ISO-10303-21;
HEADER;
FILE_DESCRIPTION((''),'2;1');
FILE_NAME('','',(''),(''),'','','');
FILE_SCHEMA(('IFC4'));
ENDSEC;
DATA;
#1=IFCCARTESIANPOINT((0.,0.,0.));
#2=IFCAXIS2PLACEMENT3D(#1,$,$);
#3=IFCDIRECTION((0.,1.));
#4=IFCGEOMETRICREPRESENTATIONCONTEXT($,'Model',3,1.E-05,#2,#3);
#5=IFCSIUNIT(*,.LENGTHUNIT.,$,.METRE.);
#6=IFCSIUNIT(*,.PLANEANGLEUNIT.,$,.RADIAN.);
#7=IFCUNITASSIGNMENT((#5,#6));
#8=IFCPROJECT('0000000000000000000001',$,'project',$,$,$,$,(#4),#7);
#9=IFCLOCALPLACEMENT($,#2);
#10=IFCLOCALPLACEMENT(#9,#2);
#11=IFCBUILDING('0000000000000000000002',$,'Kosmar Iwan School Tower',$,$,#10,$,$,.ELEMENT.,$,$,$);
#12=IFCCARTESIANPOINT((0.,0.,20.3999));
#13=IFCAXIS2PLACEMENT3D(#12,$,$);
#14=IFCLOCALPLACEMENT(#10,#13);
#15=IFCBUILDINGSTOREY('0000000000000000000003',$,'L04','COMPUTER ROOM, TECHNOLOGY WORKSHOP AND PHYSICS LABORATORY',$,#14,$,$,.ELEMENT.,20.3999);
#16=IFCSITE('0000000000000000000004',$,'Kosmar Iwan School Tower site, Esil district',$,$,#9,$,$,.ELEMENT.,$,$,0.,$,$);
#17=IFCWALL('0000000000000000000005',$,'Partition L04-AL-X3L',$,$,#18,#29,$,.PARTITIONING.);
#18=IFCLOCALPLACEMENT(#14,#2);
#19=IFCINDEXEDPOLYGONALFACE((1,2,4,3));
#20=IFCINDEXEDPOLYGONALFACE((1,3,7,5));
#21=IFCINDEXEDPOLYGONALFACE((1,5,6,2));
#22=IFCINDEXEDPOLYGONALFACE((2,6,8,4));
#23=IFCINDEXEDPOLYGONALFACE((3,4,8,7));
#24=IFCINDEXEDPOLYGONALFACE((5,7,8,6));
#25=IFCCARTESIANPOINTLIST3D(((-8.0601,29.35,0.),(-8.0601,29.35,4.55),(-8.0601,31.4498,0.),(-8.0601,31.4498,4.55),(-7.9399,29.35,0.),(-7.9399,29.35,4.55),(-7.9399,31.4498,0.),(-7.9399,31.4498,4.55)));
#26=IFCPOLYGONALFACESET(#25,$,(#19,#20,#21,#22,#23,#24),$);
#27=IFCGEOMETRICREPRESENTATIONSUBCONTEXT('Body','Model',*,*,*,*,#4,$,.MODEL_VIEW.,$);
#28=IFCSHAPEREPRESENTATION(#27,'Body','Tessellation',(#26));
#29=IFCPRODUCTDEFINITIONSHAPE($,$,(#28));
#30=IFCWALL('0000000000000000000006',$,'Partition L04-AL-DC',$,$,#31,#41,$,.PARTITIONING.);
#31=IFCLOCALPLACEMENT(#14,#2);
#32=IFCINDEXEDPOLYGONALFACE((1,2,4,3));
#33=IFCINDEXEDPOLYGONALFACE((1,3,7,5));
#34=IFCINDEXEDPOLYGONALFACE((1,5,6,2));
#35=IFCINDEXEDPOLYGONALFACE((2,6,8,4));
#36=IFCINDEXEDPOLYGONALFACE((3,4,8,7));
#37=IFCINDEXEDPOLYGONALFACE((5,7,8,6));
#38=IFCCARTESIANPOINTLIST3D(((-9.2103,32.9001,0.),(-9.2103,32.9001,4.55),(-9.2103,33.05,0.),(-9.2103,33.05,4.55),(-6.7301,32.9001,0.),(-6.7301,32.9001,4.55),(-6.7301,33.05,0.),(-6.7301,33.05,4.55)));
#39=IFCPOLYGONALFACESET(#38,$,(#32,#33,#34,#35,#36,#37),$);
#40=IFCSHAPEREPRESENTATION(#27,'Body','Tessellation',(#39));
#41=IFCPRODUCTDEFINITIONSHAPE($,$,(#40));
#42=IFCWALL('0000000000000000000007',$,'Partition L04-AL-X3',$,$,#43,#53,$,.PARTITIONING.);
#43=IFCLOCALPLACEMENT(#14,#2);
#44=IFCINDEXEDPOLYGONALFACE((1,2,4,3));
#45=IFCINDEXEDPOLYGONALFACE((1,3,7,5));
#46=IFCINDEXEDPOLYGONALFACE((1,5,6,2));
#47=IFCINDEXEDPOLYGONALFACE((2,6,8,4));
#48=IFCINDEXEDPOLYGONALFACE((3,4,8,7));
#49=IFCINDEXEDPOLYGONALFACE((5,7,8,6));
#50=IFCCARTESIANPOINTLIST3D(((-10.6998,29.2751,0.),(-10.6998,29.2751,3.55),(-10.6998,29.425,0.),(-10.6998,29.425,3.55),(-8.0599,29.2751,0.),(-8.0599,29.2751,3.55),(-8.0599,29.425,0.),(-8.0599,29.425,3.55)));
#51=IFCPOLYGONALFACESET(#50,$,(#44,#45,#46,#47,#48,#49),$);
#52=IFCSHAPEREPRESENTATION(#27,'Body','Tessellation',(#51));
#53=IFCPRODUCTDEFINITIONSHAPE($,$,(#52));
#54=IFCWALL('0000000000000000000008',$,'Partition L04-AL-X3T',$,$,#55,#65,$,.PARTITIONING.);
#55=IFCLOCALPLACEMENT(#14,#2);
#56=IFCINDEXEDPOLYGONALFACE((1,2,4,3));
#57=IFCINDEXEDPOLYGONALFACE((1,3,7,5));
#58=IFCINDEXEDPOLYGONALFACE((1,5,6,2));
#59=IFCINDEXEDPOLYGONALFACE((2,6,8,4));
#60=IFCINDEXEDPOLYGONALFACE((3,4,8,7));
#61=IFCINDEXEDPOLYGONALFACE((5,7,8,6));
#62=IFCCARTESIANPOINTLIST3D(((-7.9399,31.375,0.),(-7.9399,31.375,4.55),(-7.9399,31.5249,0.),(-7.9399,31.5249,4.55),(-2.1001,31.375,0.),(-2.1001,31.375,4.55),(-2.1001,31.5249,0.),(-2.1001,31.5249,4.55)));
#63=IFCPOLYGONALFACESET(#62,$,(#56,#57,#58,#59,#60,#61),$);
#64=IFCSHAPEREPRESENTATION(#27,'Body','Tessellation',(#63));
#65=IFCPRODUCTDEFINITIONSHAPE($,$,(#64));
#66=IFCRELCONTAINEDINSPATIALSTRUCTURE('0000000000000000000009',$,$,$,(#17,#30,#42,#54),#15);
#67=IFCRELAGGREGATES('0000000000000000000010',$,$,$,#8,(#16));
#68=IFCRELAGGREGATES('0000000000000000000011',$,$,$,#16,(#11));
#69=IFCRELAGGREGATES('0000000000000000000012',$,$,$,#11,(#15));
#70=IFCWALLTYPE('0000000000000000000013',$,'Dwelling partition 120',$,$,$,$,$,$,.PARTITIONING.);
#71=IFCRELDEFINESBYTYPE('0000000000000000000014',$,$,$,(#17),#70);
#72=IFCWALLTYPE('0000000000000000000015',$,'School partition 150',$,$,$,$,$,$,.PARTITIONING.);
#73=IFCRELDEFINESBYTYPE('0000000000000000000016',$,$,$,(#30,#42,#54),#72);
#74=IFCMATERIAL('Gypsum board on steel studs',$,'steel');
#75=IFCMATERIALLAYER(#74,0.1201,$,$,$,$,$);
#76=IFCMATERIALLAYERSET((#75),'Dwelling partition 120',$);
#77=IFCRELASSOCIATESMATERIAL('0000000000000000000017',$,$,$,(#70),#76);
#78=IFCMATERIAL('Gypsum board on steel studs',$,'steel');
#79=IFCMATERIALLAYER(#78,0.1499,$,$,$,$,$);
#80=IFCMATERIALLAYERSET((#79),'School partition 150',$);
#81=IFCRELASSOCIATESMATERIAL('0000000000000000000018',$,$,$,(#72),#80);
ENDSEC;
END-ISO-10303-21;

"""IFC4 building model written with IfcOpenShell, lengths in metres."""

from ifc_helpers import new_model, si_unit, direction, frame, frame_2d, origin, place, context, subcontext, project, spatial, rectangle, extrude, material, layer, layer_set, type_object, element, save


model = new_model("IFC4")

# Units and contexts
model_context = context("Model", 3, precision=1e-05, world=origin(), true_north=direction((0.0, 1.0)))
body_context = subcontext(model_context, "Body", "Model", "MODEL_VIEW")
ifc_project = project(units=[si_unit("LENGTHUNIT", "METRE"), si_unit("PLANEANGLEUNIT", "RADIAN")], contexts=[model_context])

# Site, building, storey
site_placement = place(None, origin())
site = spatial("IfcSite", under=ifc_project, at=site_placement, Name="Kosmar Iwan School Tower site, Esil district", CompositionType="ELEMENT", RefElevation=0.0)
building_placement = place(site_placement, origin())
building = spatial("IfcBuilding", under=site, at=building_placement, Name="Kosmar Iwan School Tower", CompositionType="ELEMENT")
storey_placement = place(building_placement, frame((0.0, 0.0, 20.3999)))
storey = spatial("IfcBuildingStorey", under=building, at=storey_placement, Name="L04", Description="COMPUTER ROOM, TECHNOLOGY WORKSHOP AND PHYSICS LABORATORY", CompositionType="ELEMENT", Elevation=20.3999)

# Walls
ifc_material_1 = material(Name="Gypsum board on steel studs", Category="steel")
ifc_layer_1 = layer(ifc_material_1, 0.1201)
ifc_layer_set_1 = layer_set([ifc_layer_1], Name="Dwelling partition 120")
wall_type_1 = type_object("IfcWallType", Name="Dwelling partition 120", PredefinedType="PARTITIONING", material=ifc_layer_set_1)
wall_1_placement = place(storey_placement, frame((-8.0, 29.3501, 0.0), z_axis=(0.0, 0.0, 1.0), x_axis=(0.0, 1.0, 0.0)))
element("IfcWall", 1, at=wall_1_placement, inside=storey, type_object=wall_type_1, Name="Partition L04-AL-X3L", PredefinedType="PARTITIONING", context=body_context, shape_type="SweptSolid", body=[
    extrude(rectangle(XDim=2.0999, YDim=0.1201, at=frame_2d((1.0498, 0.0))), origin(), (0.0, 0.0, 1.0), 4.55),
])
ifc_material_2 = material(Name="Gypsum board on steel studs", Category="steel")
ifc_layer_2 = layer(ifc_material_2, 0.1499)
ifc_layer_set_2 = layer_set([ifc_layer_2], Name="School partition 150")
wall_type_2 = type_object("IfcWallType", Name="School partition 150", PredefinedType="PARTITIONING", material=ifc_layer_set_2)
wall_2_placement = place(storey_placement, frame((-6.73, 32.9751, 0.0), z_axis=(0.0, 0.0, 1.0), x_axis=(-1.0, 0.0, 0.0)))
element("IfcWall", 2, at=wall_2_placement, inside=storey, type_object=wall_type_2, Name="Partition L04-AL-DC", PredefinedType="PARTITIONING", context=body_context, shape_type="SweptSolid", body=[
    extrude(rectangle(XDim=2.4802, YDim=0.1499, at=frame_2d((1.2402, 0.0))), origin(), (0.0, 0.0, 1.0), 4.55),
])
wall_3_placement = place(storey_placement, frame((-8.0601, 29.3501, 0.0), z_axis=(0.0, 0.0, 1.0), x_axis=(-1.0, 0.0, 0.0)))
element("IfcWall", 3, at=wall_3_placement, inside=storey, type_object=wall_type_2, Name="Partition L04-AL-X3", PredefinedType="PARTITIONING", context=body_context, shape_type="SweptSolid", body=[
    extrude(rectangle(XDim=2.6399, YDim=0.1499, at=frame_2d((1.3198, 0.0))), origin(), (0.0, 0.0, 1.0), 3.55),
])
wall_4_placement = place(storey_placement, frame((-2.1001, 31.45, 0.0), z_axis=(0.0, 0.0, 1.0), x_axis=(-1.0, 0.0, 0.0)))
element("IfcWall", 4, at=wall_4_placement, inside=storey, type_object=wall_type_2, Name="Partition L04-AL-X3T", PredefinedType="PARTITIONING", context=body_context, shape_type="SweptSolid", body=[
    extrude(rectangle(XDim=5.8398, YDim=0.1499, at=frame_2d((2.9199, 0.0))), origin(), (0.0, 0.0, 1.0), 4.55),
])

save(model, "model.ifc")
